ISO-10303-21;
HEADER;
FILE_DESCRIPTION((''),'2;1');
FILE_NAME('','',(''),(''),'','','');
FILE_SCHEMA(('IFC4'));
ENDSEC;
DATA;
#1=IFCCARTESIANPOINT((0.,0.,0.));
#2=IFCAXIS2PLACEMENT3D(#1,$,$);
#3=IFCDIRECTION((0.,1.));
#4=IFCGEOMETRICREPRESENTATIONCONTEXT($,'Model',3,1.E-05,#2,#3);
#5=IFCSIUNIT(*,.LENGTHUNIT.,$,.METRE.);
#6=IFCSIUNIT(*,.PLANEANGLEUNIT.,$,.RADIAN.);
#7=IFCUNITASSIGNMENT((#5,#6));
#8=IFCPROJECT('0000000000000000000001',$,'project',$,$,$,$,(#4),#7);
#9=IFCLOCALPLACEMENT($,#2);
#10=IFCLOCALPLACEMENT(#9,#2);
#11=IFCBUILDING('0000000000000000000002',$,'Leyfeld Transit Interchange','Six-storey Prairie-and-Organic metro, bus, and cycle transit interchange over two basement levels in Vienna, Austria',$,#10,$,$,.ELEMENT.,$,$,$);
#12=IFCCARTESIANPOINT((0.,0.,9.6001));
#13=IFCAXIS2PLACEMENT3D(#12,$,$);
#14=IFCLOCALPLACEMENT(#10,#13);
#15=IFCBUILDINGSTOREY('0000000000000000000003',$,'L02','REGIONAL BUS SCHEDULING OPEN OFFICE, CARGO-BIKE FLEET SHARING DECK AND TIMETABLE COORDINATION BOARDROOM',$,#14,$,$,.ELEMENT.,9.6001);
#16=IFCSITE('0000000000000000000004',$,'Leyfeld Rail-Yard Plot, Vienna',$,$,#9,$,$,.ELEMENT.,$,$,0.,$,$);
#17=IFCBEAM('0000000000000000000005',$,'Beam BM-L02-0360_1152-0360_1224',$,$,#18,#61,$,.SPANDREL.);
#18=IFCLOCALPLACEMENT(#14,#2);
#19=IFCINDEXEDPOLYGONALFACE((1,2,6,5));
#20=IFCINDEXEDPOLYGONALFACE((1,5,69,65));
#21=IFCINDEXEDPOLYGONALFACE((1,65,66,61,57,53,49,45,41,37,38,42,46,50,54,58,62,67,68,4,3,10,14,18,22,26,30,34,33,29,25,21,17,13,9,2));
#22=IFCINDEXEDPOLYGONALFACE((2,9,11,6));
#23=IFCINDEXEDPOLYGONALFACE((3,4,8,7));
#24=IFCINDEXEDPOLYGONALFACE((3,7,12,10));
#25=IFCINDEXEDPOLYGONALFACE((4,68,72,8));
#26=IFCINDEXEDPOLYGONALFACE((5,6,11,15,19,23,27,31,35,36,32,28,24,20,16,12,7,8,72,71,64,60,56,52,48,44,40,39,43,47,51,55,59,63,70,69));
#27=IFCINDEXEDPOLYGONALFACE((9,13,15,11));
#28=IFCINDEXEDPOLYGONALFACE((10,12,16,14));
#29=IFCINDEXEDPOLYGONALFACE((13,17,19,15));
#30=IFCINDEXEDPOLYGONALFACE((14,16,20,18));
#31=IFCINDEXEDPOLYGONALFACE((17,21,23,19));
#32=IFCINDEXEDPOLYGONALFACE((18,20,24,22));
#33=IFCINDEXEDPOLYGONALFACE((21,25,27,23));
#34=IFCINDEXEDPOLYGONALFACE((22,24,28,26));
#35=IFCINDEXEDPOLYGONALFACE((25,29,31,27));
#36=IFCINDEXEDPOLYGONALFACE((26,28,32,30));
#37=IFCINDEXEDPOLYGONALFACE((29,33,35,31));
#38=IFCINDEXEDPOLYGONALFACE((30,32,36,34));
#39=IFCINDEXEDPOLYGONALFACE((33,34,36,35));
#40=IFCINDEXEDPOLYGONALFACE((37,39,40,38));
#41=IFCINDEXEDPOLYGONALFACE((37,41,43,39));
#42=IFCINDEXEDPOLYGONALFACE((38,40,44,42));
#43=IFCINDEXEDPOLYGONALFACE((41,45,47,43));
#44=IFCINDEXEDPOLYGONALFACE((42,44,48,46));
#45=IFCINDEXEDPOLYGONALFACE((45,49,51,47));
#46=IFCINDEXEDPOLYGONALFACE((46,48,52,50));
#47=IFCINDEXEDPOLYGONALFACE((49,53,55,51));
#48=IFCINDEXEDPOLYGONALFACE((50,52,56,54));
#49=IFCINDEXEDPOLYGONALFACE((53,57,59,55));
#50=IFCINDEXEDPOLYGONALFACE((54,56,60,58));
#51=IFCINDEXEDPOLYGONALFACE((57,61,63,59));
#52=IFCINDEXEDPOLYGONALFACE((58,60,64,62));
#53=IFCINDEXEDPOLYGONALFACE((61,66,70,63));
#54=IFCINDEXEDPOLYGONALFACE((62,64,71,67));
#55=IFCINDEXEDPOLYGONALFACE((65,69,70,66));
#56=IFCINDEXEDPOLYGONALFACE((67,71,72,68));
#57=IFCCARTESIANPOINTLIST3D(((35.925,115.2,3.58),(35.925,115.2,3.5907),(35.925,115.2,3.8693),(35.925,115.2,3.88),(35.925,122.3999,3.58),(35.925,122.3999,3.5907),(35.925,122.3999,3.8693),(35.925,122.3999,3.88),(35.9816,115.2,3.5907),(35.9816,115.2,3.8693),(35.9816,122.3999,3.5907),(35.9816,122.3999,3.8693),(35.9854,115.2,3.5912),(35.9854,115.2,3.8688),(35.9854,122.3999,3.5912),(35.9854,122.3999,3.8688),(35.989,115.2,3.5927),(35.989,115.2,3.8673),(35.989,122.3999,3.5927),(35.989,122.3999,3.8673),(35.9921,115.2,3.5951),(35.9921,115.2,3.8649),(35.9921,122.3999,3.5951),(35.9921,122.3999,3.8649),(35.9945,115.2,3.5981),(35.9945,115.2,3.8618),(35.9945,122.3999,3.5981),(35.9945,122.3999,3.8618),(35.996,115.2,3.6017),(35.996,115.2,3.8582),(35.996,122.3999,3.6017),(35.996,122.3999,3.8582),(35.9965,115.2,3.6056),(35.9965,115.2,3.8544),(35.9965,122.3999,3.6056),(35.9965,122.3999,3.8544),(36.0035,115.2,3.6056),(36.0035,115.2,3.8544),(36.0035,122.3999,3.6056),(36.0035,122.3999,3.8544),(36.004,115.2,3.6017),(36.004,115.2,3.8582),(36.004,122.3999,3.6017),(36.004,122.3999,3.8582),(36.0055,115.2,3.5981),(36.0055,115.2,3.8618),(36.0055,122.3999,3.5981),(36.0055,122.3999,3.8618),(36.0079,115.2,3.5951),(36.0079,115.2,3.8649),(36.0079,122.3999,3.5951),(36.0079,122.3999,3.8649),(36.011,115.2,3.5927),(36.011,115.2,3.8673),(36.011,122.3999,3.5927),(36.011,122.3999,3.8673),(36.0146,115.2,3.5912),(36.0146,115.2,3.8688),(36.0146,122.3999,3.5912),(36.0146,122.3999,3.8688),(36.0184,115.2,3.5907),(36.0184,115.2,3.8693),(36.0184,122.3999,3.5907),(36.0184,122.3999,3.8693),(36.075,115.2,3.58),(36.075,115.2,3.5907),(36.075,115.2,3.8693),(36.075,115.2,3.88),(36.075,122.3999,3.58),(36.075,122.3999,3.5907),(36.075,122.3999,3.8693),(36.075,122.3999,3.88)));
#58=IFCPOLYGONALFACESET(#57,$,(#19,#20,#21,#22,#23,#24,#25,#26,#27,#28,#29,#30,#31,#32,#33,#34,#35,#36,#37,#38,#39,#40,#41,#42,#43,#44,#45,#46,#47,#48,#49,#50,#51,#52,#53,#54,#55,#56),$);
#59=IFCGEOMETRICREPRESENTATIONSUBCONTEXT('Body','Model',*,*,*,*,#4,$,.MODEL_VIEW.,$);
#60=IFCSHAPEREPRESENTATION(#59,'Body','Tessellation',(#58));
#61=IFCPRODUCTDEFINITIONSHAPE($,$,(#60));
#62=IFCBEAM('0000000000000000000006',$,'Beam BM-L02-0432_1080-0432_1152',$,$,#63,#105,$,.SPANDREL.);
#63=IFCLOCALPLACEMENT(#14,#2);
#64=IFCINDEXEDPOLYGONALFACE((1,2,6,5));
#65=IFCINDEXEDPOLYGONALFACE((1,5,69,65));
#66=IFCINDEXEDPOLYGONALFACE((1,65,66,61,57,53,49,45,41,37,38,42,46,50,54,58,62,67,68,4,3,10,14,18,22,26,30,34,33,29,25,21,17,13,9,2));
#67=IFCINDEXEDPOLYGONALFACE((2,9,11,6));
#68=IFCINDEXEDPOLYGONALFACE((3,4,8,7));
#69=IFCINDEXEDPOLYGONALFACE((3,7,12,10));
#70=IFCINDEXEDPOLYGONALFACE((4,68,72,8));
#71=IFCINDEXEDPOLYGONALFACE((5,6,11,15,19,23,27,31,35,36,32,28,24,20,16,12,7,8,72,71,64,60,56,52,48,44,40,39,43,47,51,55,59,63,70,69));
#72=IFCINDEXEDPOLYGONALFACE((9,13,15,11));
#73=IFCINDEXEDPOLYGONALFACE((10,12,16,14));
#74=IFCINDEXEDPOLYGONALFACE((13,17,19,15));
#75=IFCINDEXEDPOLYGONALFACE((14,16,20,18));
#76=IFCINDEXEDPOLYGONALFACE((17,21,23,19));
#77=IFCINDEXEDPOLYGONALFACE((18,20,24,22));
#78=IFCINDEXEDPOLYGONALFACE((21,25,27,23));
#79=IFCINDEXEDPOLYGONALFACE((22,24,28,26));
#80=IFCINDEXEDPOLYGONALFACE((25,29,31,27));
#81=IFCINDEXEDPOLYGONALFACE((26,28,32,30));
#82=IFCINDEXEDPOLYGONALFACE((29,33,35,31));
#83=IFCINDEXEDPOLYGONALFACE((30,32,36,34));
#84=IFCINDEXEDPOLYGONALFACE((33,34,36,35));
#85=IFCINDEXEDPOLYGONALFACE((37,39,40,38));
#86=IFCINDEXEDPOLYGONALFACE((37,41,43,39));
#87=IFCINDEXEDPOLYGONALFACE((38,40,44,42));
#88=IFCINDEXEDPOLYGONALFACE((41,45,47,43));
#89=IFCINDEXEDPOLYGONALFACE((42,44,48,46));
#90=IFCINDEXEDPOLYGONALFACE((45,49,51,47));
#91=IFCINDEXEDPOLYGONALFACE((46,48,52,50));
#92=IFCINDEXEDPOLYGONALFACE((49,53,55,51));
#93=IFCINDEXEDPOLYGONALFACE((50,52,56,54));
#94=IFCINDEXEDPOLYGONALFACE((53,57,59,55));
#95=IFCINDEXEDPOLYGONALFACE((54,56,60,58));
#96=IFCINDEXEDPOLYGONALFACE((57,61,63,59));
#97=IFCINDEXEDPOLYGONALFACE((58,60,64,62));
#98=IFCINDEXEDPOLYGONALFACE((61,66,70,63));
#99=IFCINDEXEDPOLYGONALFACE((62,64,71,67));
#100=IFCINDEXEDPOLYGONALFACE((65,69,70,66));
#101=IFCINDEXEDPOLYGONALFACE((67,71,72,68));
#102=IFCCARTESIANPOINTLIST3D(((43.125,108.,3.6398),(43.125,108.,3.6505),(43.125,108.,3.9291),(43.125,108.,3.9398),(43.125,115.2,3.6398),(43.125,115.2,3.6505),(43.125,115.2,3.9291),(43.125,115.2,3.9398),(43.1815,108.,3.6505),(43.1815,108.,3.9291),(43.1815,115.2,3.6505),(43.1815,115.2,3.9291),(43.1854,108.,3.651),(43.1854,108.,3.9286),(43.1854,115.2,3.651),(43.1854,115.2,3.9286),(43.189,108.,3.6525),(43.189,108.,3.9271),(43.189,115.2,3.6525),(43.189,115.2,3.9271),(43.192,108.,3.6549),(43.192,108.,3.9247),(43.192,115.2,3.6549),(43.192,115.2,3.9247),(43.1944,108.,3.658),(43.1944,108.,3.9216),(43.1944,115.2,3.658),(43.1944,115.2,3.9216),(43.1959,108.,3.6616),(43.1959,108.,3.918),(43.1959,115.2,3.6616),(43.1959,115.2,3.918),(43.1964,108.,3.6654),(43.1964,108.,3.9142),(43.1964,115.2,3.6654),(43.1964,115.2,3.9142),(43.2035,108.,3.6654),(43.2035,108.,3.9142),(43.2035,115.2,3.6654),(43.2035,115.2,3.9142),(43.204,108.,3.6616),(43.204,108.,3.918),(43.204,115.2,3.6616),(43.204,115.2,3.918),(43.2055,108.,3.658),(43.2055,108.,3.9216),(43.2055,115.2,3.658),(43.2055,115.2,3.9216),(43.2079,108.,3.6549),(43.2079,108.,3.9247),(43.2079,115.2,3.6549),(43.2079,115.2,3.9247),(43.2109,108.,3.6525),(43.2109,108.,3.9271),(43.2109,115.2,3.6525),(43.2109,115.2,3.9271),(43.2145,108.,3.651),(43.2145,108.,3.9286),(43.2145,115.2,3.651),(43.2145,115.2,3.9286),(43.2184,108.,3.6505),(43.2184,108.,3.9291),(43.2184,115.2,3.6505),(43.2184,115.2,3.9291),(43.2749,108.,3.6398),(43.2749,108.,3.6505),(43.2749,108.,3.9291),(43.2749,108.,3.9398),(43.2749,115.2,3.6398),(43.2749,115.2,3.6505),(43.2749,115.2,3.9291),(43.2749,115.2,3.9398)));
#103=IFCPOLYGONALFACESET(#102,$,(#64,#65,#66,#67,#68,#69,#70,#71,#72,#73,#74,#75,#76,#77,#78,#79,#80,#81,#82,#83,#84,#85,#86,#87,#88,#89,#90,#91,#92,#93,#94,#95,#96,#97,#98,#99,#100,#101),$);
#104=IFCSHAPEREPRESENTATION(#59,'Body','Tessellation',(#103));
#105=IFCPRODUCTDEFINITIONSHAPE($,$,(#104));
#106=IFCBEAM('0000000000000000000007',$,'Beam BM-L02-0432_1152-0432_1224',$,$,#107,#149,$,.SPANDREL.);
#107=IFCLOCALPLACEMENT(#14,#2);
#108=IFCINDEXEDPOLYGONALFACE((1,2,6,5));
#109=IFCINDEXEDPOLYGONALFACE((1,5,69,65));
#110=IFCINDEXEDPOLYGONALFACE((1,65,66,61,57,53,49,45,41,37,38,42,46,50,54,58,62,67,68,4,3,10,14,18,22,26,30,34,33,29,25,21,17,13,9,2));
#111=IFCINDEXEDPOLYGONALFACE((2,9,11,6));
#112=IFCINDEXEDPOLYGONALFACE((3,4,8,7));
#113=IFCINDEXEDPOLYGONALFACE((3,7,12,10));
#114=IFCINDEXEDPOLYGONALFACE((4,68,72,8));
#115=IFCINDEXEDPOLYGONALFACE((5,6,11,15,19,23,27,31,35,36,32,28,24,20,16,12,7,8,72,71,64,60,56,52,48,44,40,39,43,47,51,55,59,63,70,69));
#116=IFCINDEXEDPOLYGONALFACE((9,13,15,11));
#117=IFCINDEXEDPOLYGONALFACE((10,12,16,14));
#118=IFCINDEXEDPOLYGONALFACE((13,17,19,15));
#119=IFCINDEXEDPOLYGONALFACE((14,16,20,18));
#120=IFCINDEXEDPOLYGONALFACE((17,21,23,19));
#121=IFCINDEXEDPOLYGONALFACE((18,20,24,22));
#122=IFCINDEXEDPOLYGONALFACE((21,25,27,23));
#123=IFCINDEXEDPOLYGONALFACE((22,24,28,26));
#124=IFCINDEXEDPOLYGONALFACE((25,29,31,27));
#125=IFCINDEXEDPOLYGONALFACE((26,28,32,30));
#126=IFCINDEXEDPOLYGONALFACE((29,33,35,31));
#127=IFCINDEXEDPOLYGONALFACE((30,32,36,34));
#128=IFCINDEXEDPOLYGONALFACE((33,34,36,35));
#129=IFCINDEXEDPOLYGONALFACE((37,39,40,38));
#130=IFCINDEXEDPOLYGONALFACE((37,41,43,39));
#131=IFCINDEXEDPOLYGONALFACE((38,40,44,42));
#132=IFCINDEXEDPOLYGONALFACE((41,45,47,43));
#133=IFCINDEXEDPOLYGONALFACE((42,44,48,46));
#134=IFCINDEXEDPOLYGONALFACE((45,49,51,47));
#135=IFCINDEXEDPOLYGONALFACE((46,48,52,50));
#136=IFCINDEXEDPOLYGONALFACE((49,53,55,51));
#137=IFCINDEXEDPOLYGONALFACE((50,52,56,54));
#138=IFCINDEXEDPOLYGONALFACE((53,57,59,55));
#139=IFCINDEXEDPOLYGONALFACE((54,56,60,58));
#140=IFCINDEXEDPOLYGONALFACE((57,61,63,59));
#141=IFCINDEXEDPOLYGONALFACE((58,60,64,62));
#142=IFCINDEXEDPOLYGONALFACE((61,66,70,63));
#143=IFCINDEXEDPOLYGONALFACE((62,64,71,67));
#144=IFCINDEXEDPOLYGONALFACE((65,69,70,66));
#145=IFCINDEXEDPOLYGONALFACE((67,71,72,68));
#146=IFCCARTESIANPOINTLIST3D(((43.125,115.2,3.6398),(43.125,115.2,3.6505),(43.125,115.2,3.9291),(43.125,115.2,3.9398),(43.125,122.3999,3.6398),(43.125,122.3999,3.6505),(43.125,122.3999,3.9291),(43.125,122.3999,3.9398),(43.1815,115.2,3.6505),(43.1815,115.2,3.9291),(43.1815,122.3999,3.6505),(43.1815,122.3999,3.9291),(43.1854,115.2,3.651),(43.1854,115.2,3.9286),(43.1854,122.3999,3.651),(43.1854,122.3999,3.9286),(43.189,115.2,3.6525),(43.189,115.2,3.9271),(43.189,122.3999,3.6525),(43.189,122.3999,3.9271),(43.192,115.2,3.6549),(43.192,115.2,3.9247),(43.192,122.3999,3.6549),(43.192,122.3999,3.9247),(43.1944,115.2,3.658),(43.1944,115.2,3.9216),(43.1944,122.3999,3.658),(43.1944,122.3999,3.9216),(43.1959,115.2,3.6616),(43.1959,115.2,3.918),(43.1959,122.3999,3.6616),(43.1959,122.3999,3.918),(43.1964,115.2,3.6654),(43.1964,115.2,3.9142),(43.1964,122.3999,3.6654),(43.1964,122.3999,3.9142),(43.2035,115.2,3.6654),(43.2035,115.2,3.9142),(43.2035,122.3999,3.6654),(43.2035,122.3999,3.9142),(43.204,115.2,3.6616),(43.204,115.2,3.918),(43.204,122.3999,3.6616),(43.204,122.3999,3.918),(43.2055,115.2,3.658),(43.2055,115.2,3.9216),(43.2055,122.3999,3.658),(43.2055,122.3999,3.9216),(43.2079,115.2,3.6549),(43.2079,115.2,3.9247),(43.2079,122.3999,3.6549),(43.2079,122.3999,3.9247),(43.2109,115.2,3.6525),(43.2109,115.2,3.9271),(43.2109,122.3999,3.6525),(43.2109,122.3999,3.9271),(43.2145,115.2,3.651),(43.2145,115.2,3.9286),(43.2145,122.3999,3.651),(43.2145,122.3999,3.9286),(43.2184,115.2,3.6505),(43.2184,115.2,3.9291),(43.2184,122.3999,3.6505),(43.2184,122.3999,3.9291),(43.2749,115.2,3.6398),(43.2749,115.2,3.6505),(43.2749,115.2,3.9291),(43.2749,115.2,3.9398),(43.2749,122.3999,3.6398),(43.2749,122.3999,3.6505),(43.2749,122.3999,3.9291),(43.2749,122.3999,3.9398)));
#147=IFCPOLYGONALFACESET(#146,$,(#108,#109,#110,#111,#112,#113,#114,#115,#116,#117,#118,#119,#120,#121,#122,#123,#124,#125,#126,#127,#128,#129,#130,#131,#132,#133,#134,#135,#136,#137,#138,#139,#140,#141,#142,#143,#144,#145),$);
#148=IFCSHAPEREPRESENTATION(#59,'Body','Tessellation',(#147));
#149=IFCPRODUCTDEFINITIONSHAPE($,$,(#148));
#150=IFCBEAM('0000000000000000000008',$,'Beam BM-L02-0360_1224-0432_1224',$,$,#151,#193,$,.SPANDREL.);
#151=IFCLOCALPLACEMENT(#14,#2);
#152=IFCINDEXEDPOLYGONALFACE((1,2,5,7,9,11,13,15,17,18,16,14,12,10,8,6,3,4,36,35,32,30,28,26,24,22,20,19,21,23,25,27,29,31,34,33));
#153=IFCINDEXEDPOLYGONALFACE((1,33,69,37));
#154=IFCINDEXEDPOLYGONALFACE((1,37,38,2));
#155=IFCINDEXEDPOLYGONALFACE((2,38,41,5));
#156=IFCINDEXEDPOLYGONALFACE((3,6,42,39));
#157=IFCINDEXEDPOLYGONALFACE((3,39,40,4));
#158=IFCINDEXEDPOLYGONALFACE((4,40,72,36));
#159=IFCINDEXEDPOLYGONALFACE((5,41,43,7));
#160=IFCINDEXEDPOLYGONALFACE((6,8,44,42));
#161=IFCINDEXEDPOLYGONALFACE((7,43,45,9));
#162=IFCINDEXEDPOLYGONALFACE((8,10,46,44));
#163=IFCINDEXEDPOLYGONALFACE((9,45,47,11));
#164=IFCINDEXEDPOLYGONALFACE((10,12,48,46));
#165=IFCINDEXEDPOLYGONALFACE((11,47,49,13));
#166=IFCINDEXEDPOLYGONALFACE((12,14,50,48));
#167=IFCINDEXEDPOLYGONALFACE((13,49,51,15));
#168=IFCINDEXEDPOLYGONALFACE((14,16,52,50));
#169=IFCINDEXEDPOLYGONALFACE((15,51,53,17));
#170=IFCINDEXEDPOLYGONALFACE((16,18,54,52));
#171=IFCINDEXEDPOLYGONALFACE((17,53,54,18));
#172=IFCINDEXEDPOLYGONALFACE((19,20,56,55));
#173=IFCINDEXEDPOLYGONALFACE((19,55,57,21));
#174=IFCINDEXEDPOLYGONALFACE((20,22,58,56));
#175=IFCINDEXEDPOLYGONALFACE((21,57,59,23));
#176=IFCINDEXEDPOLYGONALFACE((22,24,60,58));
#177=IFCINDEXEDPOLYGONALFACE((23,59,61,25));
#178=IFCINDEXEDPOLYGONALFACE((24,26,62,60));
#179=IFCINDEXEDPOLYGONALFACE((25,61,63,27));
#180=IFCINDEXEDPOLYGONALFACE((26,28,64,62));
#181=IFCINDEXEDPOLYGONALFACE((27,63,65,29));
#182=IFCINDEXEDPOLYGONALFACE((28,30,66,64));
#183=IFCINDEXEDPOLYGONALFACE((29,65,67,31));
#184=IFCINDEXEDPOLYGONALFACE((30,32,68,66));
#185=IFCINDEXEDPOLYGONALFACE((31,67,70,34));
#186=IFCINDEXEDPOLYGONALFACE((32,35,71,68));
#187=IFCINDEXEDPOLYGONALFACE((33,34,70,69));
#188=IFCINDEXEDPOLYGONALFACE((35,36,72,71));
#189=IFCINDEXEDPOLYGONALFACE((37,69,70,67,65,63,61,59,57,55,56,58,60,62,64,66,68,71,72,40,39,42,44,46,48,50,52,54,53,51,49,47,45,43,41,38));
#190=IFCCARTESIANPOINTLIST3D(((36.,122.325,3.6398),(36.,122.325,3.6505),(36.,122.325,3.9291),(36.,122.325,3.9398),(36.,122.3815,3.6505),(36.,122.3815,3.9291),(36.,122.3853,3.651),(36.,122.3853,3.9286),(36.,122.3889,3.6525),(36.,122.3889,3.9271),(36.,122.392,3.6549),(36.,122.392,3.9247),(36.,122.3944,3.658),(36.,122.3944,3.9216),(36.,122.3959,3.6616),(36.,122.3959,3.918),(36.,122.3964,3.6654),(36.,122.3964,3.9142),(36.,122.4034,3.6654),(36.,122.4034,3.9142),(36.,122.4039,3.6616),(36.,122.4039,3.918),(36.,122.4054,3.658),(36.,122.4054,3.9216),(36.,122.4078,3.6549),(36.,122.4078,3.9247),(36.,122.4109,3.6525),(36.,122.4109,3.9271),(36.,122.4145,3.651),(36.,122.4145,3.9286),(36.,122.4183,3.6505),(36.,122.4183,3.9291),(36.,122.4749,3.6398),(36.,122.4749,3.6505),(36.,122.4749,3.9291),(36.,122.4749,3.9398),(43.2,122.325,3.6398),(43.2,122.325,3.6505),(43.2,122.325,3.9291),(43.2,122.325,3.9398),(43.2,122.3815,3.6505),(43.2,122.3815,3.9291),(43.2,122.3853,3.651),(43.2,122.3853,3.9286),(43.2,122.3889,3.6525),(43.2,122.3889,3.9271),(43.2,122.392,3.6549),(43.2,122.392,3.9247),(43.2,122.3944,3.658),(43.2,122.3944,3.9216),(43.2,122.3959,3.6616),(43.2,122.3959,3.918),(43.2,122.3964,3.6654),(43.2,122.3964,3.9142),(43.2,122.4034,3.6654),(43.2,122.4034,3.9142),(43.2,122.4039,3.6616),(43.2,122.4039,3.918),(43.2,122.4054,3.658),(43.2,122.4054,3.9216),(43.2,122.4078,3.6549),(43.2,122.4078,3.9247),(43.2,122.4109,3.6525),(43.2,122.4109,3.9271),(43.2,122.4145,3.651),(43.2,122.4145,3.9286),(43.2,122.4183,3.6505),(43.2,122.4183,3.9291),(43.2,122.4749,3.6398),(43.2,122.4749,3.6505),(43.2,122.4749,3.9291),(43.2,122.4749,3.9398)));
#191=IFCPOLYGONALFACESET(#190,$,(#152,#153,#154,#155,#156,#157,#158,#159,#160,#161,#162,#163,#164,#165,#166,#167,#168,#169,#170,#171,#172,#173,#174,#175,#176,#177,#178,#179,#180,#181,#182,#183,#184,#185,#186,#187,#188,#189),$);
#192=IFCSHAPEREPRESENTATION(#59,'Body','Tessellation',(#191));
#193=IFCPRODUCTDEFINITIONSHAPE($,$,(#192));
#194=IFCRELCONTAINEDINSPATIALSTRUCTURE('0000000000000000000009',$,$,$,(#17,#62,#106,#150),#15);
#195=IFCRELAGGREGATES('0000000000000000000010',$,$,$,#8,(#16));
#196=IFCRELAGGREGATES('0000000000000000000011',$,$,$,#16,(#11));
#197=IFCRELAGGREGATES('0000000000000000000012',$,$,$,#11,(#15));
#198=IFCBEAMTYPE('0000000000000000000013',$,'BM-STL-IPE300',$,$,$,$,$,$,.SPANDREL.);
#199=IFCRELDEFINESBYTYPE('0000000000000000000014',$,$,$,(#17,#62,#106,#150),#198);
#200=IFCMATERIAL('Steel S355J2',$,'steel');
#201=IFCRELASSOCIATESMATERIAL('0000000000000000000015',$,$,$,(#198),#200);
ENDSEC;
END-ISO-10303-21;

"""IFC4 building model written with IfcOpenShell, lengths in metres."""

from ifc_helpers import new_model, si_unit, direction, frame, origin, origin_2d, place, context, subcontext, project, spatial, i_section, extrude, material, material_profile, profile_set, type_object, element, save


model = new_model("IFC4")

# Units and contexts
model_context = context("Model", 3, precision=1e-05, world=origin(), true_north=direction((0.0, 1.0)))
body_context = subcontext(model_context, "Body", "Model", "MODEL_VIEW")
ifc_project = project(units=[si_unit("LENGTHUNIT", "METRE"), si_unit("PLANEANGLEUNIT", "RADIAN")], contexts=[model_context])

# Site, building, storey
site_placement = place(None, origin())
site = spatial("IfcSite", under=ifc_project, at=site_placement, Name="Leyfeld Rail-Yard Plot, Vienna", CompositionType="ELEMENT", RefElevation=0.0)
building_placement = place(site_placement, origin())
building = spatial("IfcBuilding", under=site, at=building_placement, Name="Leyfeld Transit Interchange", Description="Six-storey Prairie-and-Organic metro, bus, and cycle transit interchange over two basement levels in Vienna, Austria", CompositionType="ELEMENT")
storey_placement = place(building_placement, frame((0.0, 0.0, 9.6001)))
storey = spatial("IfcBuildingStorey", under=building, at=storey_placement, Name="L02", Description="REGIONAL BUS SCHEDULING OPEN OFFICE, CARGO-BIKE FLEET SHARING DECK AND TIMETABLE COORDINATION BOARDROOM", CompositionType="ELEMENT", Elevation=9.6001)

# Beams
ifc_material_1 = material(Name="Steel S355J2", Category="steel")
ifc_material_profile_1 = material_profile(ifc_material_1, i_section(OverallWidth=0.1499, OverallDepth=0.3, WebThickness=0.0071, FlangeThickness=0.0107, FilletRadius=0.0149, at=origin_2d()), Name="IPE 300")
ifc_profile_set_1 = profile_set([ifc_material_profile_1], Name="Steel S355J2")
beam_type_1 = type_object("IfcBeamType", Name="BM-STL-IPE300", PredefinedType="SPANDREL", material=ifc_profile_set_1)
for number, where, z_axis, x_axis, name in (
    (1, (36.0, 115.2, 3.73), (0.0, 1.0, 0.0), (-1.0, 0.0, 0.0), "Beam BM-L02-0360_1152-0360_1224"),
    (2, (43.2, 108.0, 3.7898), (0.0, 1.0, 0.0), (-1.0, 0.0, 0.0), "Beam BM-L02-0432_1080-0432_1152"),
    (3, (43.2, 115.2, 3.7898), (0.0, 1.0, 0.0), (-1.0, 0.0, 0.0), "Beam BM-L02-0432_1152-0432_1224"),
    (4, (36.0, 122.3999, 3.7898), (1.0, 0.0, 0.0), (0.0, 1.0, 0.0), "Beam BM-L02-0360_1224-0432_1224"),
):
    element("IfcBeam", number, at=place(storey_placement, frame(where, z_axis=z_axis, x_axis=x_axis)), inside=storey, type_object=beam_type_1, Name=name, PredefinedType="SPANDREL", context=body_context, shape_type="SweptSolid", body=[
        extrude(i_section(OverallWidth=0.1499, OverallDepth=0.3, WebThickness=0.0071, FlangeThickness=0.0107, FilletRadius=0.0149, at=origin_2d()), origin(), (0.0, 0.0, 1.0), 7.2),
    ])

save(model, "model.ifc")
